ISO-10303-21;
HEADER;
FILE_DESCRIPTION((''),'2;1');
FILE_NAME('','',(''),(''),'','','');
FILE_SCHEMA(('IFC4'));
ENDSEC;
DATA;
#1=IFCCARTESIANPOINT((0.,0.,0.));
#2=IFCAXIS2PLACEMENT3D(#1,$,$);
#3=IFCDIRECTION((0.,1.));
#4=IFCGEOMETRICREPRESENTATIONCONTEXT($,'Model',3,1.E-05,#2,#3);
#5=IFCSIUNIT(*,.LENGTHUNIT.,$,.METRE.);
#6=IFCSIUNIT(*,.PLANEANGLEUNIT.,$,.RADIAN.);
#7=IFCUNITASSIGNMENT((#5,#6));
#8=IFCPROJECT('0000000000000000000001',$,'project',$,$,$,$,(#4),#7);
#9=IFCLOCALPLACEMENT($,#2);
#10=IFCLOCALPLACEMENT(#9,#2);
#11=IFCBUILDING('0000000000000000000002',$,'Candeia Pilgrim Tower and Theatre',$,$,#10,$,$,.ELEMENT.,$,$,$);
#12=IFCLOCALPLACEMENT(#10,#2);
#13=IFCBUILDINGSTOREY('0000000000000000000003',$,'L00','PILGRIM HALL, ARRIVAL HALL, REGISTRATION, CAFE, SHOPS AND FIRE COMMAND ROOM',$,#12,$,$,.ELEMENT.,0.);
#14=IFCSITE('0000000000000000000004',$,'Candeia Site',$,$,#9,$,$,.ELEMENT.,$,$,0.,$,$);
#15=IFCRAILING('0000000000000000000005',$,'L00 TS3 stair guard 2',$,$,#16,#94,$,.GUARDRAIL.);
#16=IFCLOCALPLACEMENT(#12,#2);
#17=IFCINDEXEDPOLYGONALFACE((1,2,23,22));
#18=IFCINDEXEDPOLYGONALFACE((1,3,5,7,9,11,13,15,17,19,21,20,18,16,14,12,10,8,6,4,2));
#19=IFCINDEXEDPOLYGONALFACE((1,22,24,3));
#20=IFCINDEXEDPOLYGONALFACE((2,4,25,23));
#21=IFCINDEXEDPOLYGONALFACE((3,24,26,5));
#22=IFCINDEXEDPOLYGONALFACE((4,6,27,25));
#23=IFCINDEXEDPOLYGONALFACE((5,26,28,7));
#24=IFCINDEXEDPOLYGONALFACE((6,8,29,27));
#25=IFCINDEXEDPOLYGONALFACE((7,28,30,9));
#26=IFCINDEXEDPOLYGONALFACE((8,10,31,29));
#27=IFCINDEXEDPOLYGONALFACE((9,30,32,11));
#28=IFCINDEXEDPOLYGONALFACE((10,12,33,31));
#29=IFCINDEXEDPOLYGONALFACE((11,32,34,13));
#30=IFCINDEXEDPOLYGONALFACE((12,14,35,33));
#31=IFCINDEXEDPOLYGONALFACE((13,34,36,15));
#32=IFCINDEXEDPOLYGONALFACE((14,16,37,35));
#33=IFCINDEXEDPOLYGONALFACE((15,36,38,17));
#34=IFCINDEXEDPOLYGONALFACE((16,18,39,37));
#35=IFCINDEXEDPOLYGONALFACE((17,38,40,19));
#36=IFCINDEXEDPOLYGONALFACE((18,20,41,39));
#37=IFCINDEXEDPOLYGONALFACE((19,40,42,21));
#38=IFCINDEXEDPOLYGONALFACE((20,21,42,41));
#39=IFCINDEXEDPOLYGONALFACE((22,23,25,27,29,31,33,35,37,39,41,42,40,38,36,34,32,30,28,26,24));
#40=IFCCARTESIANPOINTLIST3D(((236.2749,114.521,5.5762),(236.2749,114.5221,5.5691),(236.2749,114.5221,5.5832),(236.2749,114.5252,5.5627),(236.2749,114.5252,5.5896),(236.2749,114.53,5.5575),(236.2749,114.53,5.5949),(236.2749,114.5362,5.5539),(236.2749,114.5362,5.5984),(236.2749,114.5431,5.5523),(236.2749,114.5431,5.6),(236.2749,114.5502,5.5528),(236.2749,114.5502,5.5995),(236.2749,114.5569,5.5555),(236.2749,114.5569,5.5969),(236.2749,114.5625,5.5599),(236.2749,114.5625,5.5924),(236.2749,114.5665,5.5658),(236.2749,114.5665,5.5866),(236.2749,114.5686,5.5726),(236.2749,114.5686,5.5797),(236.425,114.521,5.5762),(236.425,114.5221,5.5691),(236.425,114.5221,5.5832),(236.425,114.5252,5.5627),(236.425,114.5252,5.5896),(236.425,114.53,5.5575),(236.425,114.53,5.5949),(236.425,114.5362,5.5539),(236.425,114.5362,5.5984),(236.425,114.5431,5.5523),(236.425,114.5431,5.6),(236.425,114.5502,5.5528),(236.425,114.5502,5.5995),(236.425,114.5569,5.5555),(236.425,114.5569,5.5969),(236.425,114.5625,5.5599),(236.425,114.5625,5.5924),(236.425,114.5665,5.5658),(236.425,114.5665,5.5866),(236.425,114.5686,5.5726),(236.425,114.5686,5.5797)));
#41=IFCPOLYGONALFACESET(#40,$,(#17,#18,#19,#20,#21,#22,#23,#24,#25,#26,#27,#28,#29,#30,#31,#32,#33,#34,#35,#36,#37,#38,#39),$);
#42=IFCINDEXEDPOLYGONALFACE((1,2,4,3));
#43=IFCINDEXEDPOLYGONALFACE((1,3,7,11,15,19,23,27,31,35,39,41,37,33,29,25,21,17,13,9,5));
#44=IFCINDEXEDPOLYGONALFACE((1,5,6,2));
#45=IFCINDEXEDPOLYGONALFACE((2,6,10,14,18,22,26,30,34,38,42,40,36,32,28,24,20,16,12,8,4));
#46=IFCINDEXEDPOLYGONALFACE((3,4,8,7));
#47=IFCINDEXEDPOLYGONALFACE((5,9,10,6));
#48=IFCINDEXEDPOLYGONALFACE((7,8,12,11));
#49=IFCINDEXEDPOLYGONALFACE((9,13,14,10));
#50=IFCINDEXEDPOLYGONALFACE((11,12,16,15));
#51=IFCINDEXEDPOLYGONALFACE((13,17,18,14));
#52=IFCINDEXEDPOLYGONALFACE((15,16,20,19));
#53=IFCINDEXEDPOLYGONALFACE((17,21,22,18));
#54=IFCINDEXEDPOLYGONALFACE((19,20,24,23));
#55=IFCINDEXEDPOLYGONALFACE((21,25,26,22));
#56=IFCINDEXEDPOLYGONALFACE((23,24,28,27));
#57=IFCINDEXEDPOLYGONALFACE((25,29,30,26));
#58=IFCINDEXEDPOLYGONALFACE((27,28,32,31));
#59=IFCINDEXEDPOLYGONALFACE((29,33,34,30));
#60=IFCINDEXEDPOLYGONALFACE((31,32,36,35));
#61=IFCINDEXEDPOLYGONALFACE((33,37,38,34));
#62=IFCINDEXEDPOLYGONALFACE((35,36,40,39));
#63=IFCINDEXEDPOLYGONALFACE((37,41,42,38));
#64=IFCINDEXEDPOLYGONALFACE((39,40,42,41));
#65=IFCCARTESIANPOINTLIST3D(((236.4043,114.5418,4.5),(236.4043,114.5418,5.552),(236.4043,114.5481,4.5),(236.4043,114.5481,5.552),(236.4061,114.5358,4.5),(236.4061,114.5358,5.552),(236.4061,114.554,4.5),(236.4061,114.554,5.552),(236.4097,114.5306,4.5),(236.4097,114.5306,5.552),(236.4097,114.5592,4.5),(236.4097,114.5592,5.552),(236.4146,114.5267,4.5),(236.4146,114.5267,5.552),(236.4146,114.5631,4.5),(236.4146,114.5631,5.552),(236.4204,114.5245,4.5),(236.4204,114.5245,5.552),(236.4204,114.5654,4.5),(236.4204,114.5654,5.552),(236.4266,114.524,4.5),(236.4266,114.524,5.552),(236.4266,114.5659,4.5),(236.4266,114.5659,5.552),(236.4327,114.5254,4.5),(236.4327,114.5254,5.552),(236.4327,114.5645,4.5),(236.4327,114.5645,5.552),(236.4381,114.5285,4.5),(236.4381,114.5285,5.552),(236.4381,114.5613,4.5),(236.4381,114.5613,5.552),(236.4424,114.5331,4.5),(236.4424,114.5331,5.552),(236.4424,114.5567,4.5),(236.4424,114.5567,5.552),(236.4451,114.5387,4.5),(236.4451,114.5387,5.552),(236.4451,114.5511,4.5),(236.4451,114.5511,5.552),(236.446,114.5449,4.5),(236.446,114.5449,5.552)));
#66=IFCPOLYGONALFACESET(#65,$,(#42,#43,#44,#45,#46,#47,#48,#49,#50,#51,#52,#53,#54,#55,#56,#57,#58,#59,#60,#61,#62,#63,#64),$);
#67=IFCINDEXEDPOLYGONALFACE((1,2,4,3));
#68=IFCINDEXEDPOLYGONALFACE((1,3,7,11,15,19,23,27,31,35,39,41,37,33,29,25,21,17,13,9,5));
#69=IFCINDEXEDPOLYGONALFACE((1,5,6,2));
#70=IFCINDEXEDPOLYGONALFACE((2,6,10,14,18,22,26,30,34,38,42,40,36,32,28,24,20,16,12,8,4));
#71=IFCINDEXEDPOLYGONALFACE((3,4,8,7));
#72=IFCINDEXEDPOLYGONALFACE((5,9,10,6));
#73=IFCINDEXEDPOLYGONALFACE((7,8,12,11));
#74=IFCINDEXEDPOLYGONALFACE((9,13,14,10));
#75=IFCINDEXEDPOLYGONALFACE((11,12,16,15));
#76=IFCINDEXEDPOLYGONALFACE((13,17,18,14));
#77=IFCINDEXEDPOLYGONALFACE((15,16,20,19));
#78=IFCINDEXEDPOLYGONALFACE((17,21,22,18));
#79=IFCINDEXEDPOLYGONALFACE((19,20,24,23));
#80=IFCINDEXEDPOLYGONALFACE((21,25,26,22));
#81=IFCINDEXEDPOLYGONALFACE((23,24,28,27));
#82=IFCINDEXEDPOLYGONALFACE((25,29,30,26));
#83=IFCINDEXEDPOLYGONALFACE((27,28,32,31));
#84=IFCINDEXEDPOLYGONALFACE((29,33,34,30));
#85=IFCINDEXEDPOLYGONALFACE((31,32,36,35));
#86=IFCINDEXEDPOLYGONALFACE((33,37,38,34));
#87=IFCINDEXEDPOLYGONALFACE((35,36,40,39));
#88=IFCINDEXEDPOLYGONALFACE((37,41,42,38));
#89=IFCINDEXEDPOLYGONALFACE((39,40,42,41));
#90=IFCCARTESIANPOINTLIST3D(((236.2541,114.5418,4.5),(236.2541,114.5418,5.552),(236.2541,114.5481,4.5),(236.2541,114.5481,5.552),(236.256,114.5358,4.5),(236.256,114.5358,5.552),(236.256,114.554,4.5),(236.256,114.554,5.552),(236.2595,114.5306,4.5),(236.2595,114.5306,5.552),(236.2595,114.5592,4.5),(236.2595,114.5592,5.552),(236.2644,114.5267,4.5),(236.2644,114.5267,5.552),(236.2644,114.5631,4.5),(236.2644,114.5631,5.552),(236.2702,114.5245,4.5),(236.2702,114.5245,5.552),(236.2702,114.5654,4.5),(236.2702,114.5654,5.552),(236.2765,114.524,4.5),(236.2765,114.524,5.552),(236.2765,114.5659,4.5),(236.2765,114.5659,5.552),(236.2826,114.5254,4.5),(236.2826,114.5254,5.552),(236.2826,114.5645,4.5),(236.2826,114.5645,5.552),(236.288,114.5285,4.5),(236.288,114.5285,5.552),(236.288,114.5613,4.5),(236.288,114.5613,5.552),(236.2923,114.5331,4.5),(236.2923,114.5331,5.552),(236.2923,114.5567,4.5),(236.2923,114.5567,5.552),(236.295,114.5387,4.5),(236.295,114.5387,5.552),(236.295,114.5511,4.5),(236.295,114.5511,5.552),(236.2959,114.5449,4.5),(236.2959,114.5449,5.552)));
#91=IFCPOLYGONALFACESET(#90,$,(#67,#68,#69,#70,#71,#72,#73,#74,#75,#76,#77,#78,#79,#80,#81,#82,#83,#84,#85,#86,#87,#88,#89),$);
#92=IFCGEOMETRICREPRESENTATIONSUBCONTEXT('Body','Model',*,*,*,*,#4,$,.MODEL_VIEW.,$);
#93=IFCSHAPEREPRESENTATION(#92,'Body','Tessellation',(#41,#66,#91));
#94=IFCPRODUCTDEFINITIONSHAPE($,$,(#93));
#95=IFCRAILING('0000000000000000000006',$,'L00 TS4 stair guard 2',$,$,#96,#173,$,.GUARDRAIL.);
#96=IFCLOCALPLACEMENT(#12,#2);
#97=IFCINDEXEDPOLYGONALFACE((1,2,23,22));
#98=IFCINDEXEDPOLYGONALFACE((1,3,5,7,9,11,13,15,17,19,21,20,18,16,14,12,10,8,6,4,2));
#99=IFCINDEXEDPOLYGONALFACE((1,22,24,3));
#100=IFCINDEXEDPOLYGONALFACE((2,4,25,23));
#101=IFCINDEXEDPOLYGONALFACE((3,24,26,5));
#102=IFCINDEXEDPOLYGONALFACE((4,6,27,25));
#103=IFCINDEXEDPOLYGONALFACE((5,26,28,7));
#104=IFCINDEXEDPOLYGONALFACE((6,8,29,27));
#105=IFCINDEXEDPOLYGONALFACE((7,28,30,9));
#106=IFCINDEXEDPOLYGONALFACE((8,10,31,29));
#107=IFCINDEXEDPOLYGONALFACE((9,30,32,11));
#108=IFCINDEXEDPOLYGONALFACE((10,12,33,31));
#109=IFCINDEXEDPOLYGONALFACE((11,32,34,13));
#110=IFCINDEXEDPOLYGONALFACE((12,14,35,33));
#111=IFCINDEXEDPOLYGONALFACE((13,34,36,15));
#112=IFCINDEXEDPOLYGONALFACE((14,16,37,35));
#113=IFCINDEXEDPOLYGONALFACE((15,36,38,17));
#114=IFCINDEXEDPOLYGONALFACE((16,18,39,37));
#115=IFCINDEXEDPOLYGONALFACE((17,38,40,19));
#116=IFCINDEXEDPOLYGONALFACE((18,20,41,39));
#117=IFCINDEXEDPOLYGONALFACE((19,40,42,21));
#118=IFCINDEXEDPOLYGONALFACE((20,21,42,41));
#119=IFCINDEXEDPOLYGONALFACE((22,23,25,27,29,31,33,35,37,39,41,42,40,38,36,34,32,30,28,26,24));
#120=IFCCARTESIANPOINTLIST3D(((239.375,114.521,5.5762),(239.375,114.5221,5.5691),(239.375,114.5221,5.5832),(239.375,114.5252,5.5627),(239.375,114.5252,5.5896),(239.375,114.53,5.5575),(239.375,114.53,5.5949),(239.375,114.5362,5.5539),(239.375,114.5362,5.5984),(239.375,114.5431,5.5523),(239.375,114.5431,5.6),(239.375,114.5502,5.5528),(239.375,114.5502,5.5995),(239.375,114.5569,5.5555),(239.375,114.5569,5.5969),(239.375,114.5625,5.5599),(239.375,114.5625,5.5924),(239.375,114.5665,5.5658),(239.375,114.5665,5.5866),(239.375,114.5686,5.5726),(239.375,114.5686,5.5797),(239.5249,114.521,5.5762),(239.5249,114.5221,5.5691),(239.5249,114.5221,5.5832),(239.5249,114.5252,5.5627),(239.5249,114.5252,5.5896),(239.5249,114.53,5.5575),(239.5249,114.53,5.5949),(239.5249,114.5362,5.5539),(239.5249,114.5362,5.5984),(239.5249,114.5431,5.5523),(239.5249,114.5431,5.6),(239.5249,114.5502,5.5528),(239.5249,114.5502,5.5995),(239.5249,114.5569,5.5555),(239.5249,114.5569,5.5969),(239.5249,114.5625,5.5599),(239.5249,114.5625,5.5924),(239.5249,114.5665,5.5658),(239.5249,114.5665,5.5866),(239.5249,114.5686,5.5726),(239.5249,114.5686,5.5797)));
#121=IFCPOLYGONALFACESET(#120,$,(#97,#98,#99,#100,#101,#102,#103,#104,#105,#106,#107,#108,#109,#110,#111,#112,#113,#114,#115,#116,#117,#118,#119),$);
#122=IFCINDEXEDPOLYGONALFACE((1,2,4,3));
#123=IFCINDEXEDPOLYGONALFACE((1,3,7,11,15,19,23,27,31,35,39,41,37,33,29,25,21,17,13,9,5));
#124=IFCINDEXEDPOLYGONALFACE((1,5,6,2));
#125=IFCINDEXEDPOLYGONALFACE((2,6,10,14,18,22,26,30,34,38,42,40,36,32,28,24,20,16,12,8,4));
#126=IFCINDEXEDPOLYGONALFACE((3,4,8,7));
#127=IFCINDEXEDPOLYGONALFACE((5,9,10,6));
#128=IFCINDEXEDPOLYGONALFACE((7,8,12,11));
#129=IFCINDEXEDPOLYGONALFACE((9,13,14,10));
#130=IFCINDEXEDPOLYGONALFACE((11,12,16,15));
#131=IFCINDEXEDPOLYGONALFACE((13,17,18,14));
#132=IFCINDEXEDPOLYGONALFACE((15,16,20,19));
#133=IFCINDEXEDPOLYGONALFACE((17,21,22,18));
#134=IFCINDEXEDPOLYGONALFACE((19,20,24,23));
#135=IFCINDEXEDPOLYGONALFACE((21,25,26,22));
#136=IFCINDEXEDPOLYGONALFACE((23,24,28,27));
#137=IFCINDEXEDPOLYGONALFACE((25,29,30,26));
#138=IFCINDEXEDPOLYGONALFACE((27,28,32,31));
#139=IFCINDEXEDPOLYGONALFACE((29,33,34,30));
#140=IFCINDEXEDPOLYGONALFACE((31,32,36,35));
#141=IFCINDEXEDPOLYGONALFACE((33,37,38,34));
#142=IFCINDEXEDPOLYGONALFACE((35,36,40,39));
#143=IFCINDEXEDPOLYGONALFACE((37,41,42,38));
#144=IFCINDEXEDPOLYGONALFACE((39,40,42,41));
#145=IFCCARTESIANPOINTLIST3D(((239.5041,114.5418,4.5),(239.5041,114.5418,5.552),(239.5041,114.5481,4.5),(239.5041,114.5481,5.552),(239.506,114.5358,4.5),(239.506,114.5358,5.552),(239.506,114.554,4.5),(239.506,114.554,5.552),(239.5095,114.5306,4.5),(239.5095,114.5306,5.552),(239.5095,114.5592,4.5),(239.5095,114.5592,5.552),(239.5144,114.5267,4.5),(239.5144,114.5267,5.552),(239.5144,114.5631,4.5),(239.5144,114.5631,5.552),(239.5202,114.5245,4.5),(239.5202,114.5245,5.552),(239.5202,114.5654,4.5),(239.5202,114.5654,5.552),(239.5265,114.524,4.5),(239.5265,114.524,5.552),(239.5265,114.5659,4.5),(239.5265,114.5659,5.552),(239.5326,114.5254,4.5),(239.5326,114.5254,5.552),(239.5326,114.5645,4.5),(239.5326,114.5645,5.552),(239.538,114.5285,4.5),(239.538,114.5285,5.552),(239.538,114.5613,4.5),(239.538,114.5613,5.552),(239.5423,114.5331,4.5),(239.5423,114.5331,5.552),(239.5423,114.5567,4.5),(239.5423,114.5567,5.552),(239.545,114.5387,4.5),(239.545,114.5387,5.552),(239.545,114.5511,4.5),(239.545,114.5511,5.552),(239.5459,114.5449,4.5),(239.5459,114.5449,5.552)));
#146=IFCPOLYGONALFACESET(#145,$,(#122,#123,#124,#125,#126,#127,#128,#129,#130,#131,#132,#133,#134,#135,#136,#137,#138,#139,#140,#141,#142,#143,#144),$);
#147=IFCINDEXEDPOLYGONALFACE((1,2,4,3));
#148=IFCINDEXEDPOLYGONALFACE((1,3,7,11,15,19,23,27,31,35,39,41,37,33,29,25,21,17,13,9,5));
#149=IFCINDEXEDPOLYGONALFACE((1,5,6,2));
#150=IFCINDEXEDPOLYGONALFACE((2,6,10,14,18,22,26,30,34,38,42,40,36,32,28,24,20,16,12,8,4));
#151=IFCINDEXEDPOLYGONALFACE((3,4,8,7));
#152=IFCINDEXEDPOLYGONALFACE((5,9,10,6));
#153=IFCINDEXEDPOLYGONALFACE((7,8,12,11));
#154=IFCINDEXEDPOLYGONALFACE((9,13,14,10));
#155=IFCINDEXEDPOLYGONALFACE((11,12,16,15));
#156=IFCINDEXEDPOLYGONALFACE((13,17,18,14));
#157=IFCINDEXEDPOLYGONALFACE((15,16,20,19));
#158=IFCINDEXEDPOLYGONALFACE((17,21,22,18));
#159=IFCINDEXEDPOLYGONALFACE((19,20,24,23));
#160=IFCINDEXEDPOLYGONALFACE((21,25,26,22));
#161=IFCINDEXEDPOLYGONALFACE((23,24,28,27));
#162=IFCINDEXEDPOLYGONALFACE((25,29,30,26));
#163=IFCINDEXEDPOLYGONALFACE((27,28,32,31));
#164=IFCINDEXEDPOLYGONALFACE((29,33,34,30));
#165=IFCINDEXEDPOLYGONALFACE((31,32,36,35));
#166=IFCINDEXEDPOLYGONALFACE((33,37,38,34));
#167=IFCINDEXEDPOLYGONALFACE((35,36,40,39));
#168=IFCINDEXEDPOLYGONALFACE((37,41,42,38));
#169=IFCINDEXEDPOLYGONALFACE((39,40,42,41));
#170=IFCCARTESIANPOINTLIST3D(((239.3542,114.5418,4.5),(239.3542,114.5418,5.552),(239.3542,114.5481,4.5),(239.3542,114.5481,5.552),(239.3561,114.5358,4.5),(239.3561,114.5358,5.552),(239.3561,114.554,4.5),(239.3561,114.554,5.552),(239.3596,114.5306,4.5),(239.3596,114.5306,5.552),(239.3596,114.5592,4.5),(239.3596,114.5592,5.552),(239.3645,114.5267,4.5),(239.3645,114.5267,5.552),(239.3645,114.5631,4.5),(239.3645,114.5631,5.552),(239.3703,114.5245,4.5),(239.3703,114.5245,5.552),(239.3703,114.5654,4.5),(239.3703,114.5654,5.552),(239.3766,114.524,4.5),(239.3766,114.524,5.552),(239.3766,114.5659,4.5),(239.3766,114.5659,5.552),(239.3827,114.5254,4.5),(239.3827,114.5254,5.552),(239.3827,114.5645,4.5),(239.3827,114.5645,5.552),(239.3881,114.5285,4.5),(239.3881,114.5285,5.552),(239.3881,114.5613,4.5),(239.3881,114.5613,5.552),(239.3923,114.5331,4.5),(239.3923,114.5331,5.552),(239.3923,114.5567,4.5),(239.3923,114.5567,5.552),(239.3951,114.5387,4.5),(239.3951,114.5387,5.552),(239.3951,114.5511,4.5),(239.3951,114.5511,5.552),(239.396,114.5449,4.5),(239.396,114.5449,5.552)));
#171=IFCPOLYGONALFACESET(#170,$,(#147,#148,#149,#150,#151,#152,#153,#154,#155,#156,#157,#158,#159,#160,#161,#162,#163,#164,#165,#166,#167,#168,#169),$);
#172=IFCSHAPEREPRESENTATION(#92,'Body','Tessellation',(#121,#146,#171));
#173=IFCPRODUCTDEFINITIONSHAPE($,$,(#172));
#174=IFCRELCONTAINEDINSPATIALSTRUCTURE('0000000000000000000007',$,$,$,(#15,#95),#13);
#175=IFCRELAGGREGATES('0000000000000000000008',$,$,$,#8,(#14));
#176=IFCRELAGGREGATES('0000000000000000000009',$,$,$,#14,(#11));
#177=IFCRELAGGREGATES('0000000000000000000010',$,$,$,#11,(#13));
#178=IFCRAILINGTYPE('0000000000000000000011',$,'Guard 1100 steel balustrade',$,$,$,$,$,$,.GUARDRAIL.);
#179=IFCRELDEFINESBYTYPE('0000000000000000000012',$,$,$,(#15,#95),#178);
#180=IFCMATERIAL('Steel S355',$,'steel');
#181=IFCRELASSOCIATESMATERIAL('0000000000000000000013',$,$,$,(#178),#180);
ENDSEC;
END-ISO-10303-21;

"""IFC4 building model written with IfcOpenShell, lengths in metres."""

from ifc_helpers import new_model, si_unit, direction, frame, origin, origin_2d, place, context, subcontext, project, spatial, circle, extrude, material, type_object, element, save


model = new_model("IFC4")

# Units and contexts
model_context = context("Model", 3, precision=1e-05, world=origin(), true_north=direction((0.0, 1.0)))
body_context = subcontext(model_context, "Body", "Model", "MODEL_VIEW")
ifc_project = project(units=[si_unit("LENGTHUNIT", "METRE"), si_unit("PLANEANGLEUNIT", "RADIAN")], contexts=[model_context])

# Site, building, storey
site_placement = place(None, origin())
site = spatial("IfcSite", under=ifc_project, at=site_placement, Name="Candeia Site", CompositionType="ELEMENT", RefElevation=0.0)
building_placement = place(site_placement, origin())
building = spatial("IfcBuilding", under=site, at=building_placement, Name="Candeia Pilgrim Tower and Theatre", CompositionType="ELEMENT")
storey_placement = place(building_placement, origin())
storey = spatial("IfcBuildingStorey", under=building, at=storey_placement, Name="L00", Description="PILGRIM HALL, ARRIVAL HALL, REGISTRATION, CAFE, SHOPS AND FIRE COMMAND ROOM", CompositionType="ELEMENT", Elevation=0.0)

# Railings
ifc_material_1 = material(Name="Steel S355", Category="steel")
railing_type_1 = type_object("IfcRailingType", Name="Guard 1100 steel balustrade", PredefinedType="GUARDRAIL", material=ifc_material_1)
railing_1_placement = place(storey_placement, frame((236.425, 114.5449, 4.5)))
element("IfcRailing", 1, at=railing_1_placement, inside=storey, type_object=railing_type_1, Name="L00 TS3 stair guard 2", PredefinedType="GUARDRAIL", context=body_context, shape_type="SweptSolid", body=[
    extrude(circle(Radius=0.0239, at=origin_2d()), frame((0.0, 0.0, 1.0762), z_axis=(-1.0, 0.0, 0.0), x_axis=(0.0, -1.0, 0.0)), (0.0, 0.0, 1.0), 0.1501),
    extrude(circle(Radius=0.021, at=origin_2d()), origin(), (0.0, 0.0, 1.0), 1.052),
    extrude(circle(Radius=0.021, at=origin_2d()), frame((-0.1501, 0.0, 0.0)), (0.0, 0.0, 1.0), 1.052),
])
railing_2_placement = place(storey_placement, frame((239.5249, 114.5449, 4.5)))
element("IfcRailing", 2, at=railing_2_placement, inside=storey, type_object=railing_type_1, Name="L00 TS4 stair guard 2", PredefinedType="GUARDRAIL", context=body_context, shape_type="SweptSolid", body=[
    extrude(circle(Radius=0.0239, at=origin_2d()), frame((0.0, 0.0, 1.0762), z_axis=(-1.0, 0.0, 0.0), x_axis=(0.0, -1.0, 0.0)), (0.0, 0.0, 1.0), 0.1499),
    extrude(circle(Radius=0.021, at=origin_2d()), origin(), (0.0, 0.0, 1.0), 1.052),
    extrude(circle(Radius=0.021, at=origin_2d()), frame((-0.1499, 0.0, 0.0)), (0.0, 0.0, 1.0), 1.052),
])

save(model, "model.ifc")
